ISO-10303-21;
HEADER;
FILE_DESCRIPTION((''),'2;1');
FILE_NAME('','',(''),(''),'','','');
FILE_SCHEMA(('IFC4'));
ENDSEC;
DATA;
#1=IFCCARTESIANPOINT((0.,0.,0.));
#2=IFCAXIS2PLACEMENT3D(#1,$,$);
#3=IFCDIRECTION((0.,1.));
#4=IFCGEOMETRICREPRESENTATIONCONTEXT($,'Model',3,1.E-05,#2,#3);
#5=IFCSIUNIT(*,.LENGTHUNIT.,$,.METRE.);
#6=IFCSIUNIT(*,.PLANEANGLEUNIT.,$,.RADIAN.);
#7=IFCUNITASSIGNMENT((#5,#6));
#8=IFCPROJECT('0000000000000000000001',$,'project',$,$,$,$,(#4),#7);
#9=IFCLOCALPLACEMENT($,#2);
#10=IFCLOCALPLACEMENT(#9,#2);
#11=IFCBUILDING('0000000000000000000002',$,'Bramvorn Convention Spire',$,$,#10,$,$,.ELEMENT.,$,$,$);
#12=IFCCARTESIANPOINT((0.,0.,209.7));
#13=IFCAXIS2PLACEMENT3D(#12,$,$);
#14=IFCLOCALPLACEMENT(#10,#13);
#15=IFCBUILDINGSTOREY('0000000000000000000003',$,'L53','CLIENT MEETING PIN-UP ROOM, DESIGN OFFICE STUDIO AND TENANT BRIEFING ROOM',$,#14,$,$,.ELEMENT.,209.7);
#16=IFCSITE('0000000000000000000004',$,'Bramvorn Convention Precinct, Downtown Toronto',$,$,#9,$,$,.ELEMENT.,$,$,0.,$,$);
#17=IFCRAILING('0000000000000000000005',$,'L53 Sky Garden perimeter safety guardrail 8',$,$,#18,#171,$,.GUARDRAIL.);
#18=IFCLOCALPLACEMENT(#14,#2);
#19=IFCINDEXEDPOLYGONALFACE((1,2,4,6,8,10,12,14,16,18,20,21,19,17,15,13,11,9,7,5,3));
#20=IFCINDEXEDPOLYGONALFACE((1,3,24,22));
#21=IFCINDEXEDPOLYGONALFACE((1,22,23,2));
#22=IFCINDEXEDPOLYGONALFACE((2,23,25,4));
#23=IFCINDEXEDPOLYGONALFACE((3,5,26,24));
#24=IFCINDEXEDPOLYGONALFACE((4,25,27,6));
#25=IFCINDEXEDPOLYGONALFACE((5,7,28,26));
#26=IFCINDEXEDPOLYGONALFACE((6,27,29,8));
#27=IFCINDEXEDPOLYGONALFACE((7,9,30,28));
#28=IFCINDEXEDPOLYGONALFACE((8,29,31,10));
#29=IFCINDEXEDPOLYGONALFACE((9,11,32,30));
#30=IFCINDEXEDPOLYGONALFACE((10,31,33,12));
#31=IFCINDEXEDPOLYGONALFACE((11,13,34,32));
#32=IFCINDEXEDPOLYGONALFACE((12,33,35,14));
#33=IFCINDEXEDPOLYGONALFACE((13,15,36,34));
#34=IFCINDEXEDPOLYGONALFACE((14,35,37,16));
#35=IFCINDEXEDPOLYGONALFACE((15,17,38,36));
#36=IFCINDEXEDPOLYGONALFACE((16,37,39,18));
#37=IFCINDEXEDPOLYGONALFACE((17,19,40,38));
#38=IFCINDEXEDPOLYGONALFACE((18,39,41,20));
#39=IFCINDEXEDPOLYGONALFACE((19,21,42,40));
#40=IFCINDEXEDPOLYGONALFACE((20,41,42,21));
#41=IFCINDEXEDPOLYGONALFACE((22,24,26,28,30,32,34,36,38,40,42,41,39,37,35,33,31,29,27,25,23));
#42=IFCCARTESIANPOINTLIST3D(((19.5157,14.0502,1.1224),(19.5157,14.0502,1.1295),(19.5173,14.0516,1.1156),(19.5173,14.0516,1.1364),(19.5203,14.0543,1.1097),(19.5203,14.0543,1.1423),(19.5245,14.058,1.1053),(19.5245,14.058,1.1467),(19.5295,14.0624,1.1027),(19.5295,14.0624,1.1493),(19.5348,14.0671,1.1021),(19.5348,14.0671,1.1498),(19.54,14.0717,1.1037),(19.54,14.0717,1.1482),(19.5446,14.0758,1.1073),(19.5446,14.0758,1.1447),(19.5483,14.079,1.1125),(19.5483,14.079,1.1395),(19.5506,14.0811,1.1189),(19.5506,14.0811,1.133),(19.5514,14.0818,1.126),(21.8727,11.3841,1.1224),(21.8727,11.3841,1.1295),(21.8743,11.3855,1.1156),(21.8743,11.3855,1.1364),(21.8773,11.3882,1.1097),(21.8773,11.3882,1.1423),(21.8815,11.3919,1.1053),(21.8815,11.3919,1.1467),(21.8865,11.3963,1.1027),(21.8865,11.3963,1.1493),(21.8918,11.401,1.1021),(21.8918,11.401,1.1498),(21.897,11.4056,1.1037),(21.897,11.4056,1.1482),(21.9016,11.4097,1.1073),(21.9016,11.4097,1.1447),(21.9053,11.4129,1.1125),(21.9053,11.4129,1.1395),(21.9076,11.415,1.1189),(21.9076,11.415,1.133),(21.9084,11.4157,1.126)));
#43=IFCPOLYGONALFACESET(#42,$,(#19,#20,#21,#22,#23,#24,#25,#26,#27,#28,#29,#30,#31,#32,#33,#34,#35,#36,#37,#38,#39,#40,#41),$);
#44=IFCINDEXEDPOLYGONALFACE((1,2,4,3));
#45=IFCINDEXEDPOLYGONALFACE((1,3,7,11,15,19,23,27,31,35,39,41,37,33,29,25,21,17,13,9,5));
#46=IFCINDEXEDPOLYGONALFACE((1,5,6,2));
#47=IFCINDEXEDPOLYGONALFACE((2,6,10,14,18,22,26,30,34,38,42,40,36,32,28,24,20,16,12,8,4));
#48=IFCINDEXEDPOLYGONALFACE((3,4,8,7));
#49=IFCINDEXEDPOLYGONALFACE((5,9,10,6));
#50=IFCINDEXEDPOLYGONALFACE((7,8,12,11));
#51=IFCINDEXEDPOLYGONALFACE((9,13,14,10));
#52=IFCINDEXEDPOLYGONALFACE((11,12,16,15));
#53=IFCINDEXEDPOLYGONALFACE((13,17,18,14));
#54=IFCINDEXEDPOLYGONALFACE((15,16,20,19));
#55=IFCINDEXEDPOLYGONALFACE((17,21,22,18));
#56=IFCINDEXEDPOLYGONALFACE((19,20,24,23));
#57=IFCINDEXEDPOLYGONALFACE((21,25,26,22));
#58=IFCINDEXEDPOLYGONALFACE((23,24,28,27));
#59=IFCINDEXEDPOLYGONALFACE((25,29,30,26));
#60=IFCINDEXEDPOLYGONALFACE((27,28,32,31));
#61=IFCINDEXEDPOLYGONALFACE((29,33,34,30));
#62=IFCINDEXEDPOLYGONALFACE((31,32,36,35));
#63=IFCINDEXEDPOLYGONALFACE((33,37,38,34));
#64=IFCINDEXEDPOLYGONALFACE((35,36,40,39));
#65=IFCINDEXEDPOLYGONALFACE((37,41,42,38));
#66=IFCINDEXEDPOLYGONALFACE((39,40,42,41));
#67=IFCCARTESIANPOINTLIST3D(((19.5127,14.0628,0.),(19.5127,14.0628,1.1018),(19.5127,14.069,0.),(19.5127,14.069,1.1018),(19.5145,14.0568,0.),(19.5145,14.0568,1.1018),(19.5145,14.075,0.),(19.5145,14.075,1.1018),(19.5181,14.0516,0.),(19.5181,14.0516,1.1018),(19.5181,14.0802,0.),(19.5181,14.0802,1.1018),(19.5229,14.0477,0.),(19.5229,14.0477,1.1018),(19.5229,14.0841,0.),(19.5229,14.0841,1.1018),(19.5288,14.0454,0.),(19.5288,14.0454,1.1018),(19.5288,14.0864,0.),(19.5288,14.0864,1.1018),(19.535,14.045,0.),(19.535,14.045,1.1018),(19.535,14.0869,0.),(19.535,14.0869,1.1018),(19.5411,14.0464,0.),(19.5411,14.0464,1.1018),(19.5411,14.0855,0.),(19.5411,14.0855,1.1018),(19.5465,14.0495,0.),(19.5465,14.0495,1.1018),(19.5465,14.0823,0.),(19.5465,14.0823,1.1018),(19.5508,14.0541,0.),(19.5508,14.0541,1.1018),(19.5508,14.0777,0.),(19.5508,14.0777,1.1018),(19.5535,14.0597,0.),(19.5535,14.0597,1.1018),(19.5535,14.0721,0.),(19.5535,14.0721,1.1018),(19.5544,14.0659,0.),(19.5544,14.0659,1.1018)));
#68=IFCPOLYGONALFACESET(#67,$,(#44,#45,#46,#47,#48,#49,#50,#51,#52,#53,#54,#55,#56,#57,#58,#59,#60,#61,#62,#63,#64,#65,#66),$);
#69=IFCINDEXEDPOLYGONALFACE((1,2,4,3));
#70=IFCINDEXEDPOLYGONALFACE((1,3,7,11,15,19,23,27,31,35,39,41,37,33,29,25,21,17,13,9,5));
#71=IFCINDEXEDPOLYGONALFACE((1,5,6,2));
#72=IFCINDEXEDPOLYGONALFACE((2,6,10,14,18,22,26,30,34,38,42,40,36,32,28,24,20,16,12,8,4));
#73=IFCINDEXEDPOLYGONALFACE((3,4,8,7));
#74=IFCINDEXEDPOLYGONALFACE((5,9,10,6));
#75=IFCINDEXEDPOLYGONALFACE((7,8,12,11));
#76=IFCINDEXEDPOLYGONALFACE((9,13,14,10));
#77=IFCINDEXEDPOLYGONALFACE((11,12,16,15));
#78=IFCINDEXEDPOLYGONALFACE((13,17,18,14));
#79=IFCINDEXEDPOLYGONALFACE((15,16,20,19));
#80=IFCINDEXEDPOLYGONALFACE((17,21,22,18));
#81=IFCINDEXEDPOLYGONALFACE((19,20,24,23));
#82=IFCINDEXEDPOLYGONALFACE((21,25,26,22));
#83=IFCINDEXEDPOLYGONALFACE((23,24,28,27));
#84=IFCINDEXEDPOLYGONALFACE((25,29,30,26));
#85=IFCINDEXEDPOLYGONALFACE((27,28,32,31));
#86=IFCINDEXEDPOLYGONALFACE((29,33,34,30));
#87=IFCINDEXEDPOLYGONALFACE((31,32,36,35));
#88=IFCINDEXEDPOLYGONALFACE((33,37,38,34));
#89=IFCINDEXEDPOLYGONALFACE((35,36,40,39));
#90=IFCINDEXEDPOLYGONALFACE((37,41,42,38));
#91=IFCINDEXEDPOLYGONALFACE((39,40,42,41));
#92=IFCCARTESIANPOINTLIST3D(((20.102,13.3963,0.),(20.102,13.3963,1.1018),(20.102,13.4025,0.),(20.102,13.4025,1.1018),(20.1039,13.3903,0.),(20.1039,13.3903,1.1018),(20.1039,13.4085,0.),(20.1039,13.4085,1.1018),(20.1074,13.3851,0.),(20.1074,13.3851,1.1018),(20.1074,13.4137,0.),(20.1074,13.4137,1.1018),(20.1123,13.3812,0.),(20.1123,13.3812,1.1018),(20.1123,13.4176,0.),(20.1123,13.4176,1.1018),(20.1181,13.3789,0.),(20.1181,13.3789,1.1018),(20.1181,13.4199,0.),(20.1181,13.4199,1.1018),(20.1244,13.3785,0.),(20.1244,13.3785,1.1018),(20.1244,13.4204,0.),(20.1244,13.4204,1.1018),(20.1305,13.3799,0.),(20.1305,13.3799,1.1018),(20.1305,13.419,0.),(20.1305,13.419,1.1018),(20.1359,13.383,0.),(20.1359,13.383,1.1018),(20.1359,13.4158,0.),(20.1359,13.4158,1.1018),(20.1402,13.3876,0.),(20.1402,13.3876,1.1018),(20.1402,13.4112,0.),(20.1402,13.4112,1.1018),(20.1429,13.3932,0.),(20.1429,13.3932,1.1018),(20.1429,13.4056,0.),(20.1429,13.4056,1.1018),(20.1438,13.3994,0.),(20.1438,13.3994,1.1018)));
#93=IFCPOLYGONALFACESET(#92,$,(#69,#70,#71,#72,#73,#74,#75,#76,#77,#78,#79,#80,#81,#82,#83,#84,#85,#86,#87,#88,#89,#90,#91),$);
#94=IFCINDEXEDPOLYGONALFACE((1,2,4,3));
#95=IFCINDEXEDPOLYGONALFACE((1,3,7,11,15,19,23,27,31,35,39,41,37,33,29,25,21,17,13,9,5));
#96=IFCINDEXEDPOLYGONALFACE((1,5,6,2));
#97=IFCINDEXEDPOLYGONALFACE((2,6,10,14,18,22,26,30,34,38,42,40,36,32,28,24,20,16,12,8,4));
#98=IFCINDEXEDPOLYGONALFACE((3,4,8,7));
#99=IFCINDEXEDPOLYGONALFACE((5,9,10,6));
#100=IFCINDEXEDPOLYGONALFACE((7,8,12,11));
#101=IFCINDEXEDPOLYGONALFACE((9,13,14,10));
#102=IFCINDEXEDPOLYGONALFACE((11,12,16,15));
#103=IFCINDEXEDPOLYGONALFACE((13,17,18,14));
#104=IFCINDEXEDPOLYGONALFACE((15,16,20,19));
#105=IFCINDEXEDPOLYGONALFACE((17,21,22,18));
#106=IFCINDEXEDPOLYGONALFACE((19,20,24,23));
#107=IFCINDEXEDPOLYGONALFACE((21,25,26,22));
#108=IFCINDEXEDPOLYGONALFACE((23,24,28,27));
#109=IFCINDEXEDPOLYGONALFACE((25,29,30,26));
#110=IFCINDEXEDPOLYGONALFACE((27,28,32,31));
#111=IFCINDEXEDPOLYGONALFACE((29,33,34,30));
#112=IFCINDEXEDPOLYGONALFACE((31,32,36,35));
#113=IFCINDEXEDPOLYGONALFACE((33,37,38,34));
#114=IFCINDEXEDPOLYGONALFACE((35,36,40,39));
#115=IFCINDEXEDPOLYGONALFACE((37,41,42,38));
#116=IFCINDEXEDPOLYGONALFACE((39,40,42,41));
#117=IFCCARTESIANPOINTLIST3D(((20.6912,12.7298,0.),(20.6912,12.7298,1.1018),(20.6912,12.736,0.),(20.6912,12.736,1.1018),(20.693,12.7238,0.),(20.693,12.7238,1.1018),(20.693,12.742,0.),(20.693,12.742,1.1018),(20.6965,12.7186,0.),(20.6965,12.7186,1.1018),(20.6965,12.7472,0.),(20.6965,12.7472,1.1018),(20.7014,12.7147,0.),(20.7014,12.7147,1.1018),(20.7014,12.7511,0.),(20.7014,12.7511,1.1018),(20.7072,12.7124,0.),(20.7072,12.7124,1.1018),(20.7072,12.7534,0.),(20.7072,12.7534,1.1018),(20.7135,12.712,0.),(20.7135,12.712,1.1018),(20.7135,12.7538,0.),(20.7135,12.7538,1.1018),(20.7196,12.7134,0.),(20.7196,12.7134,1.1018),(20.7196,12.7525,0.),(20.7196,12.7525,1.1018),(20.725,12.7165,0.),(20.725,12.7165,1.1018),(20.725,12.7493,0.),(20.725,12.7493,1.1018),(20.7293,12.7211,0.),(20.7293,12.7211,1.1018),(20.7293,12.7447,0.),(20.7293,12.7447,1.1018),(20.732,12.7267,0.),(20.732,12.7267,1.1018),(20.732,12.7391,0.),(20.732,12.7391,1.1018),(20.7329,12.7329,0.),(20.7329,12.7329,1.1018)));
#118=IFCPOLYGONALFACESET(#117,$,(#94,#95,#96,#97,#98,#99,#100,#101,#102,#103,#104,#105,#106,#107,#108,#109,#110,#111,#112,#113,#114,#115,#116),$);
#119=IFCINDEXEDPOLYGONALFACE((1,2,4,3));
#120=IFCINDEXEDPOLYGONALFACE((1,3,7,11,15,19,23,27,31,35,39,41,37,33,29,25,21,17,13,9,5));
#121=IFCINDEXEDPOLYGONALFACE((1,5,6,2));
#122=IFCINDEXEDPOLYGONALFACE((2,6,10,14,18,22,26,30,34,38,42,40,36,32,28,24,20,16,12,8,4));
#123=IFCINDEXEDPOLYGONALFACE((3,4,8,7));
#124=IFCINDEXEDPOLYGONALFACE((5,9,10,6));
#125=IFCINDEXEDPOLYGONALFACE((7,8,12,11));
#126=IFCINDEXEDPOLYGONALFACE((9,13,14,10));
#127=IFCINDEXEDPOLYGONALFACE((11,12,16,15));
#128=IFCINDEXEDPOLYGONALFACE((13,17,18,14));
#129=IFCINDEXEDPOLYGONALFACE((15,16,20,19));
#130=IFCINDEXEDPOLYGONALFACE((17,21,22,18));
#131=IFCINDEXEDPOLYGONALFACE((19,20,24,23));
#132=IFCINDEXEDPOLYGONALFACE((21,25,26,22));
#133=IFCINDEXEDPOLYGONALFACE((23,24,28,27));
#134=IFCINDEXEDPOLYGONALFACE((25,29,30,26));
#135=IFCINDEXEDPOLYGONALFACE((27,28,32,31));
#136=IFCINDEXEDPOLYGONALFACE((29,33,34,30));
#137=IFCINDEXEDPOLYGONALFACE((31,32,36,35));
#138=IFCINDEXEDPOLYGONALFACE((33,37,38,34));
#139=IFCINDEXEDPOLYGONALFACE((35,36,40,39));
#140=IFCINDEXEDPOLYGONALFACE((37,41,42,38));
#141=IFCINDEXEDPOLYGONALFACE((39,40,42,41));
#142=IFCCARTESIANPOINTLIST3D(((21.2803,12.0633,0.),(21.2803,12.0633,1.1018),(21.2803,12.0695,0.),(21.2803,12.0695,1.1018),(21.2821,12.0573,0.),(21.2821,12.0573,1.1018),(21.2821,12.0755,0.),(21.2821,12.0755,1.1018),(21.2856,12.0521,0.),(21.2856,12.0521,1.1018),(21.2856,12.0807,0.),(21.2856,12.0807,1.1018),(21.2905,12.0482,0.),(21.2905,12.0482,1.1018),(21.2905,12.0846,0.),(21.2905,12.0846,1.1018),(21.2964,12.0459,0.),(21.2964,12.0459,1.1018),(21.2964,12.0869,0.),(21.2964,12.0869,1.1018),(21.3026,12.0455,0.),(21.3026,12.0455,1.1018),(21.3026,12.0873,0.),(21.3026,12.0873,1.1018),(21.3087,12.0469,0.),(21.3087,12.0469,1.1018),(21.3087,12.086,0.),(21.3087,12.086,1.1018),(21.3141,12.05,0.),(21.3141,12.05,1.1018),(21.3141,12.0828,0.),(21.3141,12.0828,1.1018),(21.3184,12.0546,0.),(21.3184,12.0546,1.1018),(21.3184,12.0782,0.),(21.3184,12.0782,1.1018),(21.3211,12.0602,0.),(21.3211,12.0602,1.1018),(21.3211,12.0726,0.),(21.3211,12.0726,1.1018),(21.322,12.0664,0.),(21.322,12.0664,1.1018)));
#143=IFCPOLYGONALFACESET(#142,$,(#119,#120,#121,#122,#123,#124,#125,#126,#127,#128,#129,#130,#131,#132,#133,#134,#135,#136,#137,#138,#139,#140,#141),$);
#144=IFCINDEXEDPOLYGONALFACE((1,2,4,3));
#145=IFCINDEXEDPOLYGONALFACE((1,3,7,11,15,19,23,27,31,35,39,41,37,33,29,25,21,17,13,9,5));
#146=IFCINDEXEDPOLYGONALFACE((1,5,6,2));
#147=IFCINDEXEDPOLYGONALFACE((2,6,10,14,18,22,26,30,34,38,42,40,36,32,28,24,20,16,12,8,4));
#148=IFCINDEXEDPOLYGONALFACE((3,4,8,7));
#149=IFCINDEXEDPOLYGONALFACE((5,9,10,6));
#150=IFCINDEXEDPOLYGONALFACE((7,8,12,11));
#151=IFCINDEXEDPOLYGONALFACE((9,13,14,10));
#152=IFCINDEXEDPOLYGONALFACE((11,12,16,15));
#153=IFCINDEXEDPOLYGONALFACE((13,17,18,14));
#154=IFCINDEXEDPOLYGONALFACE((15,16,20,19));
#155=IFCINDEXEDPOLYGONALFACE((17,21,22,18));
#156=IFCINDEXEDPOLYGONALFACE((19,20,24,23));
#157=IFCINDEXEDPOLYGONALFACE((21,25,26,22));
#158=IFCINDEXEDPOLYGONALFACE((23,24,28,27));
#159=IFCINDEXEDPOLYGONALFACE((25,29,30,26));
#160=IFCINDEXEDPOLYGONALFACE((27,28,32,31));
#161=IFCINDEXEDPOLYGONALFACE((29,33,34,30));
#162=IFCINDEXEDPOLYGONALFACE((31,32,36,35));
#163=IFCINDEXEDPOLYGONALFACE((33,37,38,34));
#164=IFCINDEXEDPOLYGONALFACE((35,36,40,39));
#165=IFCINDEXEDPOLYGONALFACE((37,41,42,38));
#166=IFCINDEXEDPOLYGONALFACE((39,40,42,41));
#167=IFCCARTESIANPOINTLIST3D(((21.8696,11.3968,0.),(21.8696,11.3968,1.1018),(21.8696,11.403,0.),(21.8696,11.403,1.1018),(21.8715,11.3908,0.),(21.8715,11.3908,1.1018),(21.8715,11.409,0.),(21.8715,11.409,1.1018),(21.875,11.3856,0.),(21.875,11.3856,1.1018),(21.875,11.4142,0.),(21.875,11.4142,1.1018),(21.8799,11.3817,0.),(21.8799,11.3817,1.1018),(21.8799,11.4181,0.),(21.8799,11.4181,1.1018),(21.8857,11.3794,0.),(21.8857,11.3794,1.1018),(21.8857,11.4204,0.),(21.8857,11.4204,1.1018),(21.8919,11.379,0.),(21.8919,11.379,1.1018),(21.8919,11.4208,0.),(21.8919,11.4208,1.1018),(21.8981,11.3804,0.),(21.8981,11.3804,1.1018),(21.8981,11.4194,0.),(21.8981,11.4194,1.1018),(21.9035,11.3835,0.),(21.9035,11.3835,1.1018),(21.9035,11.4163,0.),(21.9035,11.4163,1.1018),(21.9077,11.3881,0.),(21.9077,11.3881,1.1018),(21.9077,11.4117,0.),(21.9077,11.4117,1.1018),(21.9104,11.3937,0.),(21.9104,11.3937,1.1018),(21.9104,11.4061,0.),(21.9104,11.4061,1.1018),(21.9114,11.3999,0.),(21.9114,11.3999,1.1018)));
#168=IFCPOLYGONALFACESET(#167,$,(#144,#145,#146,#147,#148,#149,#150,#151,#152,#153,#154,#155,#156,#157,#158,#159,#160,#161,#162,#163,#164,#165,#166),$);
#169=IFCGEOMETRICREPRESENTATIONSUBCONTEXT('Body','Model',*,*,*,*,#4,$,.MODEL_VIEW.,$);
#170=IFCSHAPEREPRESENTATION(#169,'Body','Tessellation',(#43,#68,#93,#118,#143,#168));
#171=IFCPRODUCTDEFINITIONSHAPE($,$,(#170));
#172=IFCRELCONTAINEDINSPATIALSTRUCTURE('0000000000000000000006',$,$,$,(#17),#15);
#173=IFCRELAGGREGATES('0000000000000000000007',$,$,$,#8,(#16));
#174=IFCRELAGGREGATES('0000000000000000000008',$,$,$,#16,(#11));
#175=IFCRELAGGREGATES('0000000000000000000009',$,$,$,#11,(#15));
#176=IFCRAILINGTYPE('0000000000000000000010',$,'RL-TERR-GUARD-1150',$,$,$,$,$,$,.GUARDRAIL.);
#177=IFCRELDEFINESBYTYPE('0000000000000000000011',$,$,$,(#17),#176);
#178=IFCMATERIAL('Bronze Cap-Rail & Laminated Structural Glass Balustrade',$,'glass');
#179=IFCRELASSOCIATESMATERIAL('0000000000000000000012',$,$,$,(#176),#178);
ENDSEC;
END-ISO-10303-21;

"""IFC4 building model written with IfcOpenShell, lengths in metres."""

from ifc_helpers import new_model, si_unit, direction, frame, origin, origin_2d, place, context, subcontext, project, spatial, circle, extrude, material, type_object, element, save


model = new_model("IFC4")

# Units and contexts
model_context = context("Model", 3, precision=1e-05, world=origin(), true_north=direction((0.0, 1.0)))
body_context = subcontext(model_context, "Body", "Model", "MODEL_VIEW")
ifc_project = project(units=[si_unit("LENGTHUNIT", "METRE"), si_unit("PLANEANGLEUNIT", "RADIAN")], contexts=[model_context])

# Site, building, storey
site_placement = place(None, origin())
site = spatial("IfcSite", under=ifc_project, at=site_placement, Name="Bramvorn Convention Precinct, Downtown Toronto", CompositionType="ELEMENT", RefElevation=0.0)
building_placement = place(site_placement, origin())
building = spatial("IfcBuilding", under=site, at=building_placement, Name="Bramvorn Convention Spire", CompositionType="ELEMENT")
storey_placement = place(building_placement, frame((0.0, 0.0, 209.7)))
storey = spatial("IfcBuildingStorey", under=building, at=storey_placement, Name="L53", Description="CLIENT MEETING PIN-UP ROOM, DESIGN OFFICE STUDIO AND TENANT BRIEFING ROOM", CompositionType="ELEMENT", Elevation=209.7)

# Railing
ifc_material_1 = material(Name="Bronze Cap-Rail & Laminated Structural Glass Balustrade", Category="glass")
railing_type = type_object("IfcRailingType", Name="RL-TERR-GUARD-1150", PredefinedType="GUARDRAIL", material=ifc_material_1)
railing_1_placement = place(storey_placement, frame((19.5334, 14.0659, 0.0)))
element("IfcRailing", 1, at=railing_1_placement, inside=storey, type_object=railing_type, Name="L53 Sky Garden perimeter safety guardrail 8", PredefinedType="GUARDRAIL", context=body_context, shape_type="SweptSolid", body=[
    extrude(circle(Radius=0.0239, at=origin_2d()), frame((0.0, 0.0, 1.126), z_axis=(0.662343, -0.749201, 0.0), x_axis=(0.749201, 0.662343, 0.0)), (0.0, 0.0, 1.0), 3.5586),
    extrude(circle(Radius=0.021, at=origin_2d()), origin(), (0.0, 0.0, 1.0), 1.1018),
    extrude(circle(Radius=0.021, at=origin_2d()), frame((0.5894, -0.6665, 0.0)), (0.0, 0.0, 1.0), 1.1018),
    extrude(circle(Radius=0.021, at=origin_2d()), frame((1.1785, -1.333, 0.0)), (0.0, 0.0, 1.0), 1.1018),
    extrude(circle(Radius=0.021, at=origin_2d()), frame((1.7676, -1.9995, 0.0)), (0.0, 0.0, 1.0), 1.1018),
    extrude(circle(Radius=0.021, at=origin_2d()), frame((2.3569, -2.666, 0.0)), (0.0, 0.0, 1.0), 1.1018),
])

save(model, "model.ifc")
